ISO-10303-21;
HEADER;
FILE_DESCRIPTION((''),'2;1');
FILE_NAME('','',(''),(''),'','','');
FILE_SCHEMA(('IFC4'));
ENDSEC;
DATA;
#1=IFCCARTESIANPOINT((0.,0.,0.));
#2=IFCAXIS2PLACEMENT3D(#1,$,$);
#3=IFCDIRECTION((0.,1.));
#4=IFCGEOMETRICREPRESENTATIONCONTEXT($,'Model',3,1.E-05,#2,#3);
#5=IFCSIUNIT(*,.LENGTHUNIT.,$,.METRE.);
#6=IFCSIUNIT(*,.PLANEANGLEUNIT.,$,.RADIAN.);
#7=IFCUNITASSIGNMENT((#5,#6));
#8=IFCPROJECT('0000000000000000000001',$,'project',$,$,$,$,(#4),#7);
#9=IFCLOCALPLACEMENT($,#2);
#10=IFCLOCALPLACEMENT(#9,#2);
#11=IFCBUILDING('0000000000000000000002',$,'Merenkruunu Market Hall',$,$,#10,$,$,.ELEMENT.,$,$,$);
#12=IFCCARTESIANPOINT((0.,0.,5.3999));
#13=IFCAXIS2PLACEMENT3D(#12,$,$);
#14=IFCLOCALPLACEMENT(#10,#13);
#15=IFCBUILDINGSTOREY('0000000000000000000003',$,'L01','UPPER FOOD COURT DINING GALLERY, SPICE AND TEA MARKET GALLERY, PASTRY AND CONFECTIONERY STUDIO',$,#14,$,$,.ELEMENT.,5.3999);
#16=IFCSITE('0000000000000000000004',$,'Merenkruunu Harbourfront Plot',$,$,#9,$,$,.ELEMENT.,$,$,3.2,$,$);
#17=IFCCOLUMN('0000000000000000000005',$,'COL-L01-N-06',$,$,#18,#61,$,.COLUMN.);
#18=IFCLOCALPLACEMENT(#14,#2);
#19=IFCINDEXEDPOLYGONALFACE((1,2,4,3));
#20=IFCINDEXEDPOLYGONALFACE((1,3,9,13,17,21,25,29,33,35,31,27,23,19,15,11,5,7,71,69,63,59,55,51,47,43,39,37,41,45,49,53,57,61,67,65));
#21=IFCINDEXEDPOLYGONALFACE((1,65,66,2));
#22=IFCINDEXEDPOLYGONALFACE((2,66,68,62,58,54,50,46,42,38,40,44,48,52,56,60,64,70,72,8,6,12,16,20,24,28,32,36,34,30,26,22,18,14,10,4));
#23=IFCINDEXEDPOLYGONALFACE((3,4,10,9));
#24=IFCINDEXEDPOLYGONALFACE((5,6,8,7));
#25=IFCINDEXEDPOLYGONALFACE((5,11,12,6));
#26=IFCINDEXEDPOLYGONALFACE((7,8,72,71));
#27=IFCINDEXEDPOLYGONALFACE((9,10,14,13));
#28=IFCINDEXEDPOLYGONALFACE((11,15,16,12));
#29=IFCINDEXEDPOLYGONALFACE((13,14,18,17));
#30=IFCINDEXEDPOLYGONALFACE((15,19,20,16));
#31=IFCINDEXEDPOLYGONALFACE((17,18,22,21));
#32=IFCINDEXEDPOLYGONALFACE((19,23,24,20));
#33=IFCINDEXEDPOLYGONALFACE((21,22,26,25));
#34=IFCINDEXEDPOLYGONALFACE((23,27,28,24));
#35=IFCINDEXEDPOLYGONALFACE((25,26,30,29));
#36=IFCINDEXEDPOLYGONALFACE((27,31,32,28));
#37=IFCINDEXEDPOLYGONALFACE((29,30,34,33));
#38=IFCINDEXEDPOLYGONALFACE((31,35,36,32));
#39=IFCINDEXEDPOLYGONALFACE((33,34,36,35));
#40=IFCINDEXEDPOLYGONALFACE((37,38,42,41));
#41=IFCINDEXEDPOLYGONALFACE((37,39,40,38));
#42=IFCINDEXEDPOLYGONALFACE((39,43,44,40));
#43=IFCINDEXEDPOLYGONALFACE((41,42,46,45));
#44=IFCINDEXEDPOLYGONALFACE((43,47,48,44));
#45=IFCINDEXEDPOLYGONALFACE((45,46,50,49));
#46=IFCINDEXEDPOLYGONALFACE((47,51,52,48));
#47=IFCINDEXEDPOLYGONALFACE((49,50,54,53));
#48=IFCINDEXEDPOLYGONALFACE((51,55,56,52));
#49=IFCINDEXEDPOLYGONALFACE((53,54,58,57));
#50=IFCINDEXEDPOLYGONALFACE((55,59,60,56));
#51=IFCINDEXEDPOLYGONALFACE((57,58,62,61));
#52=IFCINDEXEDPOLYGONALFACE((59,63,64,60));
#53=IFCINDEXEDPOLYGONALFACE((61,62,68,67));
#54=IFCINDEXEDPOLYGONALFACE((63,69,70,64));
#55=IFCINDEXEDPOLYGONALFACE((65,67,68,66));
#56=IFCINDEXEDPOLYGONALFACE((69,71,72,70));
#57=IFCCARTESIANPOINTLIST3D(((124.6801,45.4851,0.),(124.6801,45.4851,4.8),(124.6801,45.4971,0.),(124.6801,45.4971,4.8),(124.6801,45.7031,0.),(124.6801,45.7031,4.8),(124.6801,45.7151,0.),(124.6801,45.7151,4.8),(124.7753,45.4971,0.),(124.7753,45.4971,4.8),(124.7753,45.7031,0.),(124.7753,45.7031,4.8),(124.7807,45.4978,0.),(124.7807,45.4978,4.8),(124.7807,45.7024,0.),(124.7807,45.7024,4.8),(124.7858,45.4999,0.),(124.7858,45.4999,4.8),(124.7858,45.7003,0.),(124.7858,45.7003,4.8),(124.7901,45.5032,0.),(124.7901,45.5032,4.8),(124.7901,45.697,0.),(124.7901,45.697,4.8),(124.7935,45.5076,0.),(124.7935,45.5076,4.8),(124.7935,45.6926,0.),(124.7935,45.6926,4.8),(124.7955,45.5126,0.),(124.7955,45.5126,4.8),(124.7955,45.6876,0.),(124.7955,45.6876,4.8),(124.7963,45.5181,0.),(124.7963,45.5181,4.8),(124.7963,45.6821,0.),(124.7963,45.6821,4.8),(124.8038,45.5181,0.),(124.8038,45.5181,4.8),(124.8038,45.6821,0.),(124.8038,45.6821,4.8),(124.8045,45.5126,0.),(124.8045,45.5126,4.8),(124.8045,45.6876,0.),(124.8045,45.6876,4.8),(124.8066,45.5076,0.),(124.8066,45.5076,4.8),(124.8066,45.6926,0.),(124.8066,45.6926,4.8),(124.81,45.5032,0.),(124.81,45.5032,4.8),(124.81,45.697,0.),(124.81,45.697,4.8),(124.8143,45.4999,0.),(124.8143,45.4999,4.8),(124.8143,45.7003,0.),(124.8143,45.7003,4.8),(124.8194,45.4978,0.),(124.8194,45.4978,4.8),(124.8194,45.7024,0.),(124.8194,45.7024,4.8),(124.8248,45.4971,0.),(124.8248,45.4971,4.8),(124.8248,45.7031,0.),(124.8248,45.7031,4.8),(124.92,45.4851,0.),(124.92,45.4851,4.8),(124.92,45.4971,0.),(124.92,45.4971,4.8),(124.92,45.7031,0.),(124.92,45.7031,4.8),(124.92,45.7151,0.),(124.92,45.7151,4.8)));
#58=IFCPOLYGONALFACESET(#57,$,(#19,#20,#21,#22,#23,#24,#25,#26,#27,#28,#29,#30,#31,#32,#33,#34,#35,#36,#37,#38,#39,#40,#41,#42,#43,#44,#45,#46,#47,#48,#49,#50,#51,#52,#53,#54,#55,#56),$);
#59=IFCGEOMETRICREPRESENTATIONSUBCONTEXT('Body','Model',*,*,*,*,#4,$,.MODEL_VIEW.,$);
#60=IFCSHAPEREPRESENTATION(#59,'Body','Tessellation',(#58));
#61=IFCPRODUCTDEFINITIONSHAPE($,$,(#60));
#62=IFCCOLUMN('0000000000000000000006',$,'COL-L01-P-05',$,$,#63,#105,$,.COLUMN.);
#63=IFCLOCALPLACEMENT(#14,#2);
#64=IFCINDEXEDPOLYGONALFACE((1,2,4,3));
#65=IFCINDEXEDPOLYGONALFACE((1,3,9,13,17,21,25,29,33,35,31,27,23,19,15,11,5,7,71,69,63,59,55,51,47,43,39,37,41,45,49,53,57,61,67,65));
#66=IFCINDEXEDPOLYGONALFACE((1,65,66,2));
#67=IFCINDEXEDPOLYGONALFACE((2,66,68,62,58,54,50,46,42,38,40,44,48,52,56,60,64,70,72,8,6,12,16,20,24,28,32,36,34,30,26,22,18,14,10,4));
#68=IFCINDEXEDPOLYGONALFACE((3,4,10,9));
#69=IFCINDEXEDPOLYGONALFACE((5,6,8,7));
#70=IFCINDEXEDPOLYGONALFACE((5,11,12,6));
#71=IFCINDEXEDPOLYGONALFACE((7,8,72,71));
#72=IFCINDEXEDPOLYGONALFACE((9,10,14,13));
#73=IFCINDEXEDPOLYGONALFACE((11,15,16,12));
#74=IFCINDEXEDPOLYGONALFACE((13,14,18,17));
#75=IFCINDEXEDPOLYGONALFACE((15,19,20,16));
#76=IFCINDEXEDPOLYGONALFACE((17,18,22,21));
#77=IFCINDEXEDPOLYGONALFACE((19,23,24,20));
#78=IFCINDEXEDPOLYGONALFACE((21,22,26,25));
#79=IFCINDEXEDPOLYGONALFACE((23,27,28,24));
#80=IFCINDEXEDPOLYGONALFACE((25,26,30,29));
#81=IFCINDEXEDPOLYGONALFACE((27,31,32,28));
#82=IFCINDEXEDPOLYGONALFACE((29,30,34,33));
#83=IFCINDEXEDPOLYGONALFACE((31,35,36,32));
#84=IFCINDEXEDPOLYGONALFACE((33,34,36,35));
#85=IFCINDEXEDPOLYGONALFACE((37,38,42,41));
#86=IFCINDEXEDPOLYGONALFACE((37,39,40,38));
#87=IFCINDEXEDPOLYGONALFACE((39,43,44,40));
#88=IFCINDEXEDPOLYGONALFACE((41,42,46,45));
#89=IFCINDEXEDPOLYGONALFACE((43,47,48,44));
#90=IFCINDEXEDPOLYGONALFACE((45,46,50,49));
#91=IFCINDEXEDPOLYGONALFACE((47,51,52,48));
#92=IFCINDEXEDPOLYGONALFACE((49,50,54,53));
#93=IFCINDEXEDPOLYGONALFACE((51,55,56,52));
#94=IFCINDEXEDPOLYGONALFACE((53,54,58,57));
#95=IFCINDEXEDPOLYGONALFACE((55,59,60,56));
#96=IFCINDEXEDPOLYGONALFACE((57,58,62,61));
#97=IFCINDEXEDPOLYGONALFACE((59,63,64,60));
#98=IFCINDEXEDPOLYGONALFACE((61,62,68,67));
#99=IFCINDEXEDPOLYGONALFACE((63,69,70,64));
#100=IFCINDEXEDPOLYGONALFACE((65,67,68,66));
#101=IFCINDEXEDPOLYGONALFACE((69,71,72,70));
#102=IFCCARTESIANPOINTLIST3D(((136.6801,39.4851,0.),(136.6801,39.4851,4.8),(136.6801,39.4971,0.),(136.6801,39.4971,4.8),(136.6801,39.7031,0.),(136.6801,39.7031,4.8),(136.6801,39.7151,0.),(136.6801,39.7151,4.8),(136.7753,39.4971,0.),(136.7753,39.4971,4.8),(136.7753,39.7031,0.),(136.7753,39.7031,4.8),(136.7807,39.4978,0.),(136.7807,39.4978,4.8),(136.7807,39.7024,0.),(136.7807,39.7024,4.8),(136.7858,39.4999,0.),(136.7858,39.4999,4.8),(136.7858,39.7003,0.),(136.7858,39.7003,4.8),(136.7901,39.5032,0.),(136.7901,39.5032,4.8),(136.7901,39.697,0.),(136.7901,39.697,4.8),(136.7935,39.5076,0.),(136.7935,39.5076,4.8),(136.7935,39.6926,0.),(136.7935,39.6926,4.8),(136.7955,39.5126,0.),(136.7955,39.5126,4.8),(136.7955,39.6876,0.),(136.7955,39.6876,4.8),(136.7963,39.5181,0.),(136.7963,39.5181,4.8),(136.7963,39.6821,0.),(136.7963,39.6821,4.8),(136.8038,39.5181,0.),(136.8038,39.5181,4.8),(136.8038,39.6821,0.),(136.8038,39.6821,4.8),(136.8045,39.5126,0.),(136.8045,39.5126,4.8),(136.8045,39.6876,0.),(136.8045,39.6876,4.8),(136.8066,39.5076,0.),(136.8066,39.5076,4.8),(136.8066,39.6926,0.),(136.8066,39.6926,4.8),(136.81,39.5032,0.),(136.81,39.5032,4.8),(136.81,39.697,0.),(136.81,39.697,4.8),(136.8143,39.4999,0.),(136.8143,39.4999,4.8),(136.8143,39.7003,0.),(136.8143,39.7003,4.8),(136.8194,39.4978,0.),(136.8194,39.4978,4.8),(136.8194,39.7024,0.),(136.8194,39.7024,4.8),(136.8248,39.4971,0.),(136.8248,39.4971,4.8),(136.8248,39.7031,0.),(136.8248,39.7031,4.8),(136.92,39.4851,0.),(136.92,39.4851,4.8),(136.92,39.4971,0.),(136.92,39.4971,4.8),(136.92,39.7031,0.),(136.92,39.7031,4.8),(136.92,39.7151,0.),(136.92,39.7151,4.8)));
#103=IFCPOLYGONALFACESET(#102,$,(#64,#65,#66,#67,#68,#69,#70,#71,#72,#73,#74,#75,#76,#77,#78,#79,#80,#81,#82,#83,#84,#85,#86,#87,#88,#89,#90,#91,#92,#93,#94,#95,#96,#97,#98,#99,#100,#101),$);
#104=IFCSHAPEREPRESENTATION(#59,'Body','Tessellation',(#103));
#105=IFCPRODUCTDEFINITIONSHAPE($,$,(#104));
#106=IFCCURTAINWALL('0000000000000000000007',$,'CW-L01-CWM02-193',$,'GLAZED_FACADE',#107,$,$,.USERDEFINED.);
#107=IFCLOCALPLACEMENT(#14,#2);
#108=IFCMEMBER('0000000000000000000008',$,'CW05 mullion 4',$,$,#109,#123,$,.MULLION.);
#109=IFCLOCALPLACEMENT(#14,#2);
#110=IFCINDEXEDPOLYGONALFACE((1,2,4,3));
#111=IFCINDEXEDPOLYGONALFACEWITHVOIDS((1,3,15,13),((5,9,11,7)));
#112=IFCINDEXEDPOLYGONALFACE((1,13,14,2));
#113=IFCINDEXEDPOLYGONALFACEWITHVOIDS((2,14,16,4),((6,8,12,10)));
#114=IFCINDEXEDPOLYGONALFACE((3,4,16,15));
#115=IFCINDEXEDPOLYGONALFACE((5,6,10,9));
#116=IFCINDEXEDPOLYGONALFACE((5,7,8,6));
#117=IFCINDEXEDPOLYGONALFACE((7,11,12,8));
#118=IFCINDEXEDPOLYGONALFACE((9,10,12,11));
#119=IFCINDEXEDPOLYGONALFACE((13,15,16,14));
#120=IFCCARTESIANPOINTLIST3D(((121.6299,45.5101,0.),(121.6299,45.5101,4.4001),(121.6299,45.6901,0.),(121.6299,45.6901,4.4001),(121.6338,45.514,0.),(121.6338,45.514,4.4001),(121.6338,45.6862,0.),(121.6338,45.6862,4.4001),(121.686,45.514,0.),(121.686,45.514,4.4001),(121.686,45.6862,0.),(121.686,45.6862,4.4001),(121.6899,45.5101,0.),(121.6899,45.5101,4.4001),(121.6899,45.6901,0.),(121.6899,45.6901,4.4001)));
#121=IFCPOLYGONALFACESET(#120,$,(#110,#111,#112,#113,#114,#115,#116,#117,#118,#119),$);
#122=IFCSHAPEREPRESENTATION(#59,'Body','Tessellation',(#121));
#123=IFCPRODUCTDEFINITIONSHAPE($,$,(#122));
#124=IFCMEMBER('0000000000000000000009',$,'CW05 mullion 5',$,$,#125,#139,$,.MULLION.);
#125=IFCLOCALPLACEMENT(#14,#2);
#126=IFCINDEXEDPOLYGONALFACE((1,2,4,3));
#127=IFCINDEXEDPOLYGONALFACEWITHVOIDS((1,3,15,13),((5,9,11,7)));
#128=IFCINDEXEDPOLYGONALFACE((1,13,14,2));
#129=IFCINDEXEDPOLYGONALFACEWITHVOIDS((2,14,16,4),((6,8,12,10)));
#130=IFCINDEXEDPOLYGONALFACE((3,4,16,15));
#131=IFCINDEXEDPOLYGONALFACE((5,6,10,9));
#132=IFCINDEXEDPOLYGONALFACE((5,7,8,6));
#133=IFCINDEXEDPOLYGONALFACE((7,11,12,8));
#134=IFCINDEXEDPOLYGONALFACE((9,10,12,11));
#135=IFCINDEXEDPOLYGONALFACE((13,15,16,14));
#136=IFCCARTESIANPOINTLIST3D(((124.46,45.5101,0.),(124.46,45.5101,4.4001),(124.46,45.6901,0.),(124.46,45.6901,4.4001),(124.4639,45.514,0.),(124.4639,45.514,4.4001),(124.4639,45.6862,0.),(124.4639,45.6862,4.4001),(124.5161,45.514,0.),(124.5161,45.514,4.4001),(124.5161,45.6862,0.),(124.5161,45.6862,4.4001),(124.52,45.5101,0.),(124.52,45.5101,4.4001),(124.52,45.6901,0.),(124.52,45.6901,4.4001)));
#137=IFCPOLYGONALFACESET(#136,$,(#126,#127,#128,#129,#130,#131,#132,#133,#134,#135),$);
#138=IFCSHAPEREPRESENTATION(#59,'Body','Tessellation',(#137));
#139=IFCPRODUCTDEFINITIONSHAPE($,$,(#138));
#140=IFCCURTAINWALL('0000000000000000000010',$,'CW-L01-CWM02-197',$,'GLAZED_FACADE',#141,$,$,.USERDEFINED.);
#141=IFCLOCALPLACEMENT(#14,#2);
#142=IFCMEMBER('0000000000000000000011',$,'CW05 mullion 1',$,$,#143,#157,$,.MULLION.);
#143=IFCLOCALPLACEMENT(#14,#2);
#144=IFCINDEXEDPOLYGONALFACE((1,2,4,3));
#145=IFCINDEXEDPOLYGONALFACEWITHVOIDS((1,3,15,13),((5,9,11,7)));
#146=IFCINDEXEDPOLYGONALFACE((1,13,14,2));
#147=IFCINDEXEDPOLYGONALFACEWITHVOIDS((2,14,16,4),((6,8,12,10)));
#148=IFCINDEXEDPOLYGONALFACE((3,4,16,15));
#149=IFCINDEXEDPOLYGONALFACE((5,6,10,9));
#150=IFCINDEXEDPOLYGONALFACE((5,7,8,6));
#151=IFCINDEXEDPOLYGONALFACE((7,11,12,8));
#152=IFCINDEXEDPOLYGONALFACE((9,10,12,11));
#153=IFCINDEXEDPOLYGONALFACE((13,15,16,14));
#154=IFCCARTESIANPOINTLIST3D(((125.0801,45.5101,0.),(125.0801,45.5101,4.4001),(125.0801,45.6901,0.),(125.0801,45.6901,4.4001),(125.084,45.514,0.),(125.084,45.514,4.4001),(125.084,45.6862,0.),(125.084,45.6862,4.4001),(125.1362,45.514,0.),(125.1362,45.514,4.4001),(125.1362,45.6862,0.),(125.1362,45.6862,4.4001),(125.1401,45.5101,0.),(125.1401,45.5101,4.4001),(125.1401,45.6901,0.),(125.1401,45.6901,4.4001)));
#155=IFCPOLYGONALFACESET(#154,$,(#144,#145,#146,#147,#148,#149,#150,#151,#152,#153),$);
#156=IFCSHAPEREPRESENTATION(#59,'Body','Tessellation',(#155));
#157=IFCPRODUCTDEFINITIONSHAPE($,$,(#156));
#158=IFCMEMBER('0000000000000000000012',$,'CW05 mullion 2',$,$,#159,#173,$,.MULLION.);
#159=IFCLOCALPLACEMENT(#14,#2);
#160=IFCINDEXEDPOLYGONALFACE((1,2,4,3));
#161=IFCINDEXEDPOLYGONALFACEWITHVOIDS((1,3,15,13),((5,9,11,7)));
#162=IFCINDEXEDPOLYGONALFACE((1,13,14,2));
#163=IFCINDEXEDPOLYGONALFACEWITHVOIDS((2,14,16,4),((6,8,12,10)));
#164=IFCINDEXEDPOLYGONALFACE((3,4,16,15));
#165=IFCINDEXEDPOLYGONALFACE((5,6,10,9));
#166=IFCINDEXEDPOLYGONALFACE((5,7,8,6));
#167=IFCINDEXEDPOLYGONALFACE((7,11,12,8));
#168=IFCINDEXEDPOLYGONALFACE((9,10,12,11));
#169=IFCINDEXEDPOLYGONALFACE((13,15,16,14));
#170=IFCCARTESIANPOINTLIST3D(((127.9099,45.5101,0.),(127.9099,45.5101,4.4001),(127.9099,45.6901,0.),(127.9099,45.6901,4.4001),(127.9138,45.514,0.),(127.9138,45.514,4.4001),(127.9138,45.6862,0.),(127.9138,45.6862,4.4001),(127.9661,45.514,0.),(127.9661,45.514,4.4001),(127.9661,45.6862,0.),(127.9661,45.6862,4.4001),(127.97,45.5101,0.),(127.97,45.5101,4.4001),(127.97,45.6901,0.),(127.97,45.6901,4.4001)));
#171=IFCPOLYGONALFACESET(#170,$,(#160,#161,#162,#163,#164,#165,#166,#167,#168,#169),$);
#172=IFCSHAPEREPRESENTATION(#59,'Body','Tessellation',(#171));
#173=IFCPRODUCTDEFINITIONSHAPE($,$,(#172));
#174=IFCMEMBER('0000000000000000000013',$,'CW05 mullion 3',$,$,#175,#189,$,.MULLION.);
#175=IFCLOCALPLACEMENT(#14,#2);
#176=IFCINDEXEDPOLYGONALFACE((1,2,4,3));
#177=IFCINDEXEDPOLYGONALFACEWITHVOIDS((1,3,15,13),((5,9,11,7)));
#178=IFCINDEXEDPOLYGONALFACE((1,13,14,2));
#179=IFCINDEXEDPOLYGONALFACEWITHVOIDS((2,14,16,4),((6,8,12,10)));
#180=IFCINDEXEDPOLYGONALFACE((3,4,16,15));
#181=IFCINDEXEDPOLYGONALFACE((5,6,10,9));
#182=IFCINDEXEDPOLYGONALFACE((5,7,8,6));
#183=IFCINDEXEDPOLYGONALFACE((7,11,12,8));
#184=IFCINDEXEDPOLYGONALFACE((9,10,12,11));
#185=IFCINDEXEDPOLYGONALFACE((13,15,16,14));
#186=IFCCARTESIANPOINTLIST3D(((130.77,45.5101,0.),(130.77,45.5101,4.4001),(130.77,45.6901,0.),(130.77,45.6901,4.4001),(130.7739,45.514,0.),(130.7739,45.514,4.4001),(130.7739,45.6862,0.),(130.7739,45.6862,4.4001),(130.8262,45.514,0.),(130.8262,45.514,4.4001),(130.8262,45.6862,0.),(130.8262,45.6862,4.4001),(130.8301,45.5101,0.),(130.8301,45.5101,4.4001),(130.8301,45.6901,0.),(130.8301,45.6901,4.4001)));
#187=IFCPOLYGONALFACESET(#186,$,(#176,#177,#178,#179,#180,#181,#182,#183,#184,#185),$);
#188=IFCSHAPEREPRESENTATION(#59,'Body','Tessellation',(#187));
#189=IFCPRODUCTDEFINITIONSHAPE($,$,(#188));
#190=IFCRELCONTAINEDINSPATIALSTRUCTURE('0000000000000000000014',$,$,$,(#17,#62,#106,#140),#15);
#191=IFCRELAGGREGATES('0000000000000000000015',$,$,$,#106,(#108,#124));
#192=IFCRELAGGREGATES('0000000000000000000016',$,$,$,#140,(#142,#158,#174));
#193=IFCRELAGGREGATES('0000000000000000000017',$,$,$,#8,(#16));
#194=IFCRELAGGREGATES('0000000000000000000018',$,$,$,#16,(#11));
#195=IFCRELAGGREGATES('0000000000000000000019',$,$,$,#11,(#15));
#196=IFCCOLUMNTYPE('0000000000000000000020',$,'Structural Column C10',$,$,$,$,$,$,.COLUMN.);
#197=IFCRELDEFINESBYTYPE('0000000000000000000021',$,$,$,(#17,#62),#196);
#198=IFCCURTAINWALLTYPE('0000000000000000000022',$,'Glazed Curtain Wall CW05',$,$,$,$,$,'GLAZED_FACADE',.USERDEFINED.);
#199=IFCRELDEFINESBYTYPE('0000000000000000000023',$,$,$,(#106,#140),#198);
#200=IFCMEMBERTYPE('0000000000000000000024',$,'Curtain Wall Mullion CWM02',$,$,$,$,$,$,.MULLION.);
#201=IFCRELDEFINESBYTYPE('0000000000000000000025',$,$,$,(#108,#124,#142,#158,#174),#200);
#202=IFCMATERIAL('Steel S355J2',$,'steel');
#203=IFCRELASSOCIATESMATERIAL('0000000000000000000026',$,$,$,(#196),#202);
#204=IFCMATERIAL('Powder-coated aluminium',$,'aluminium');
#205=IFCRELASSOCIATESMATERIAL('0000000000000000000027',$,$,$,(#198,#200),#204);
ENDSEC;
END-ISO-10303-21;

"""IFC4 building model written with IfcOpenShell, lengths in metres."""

from ifc_helpers import new_model, si_unit, direction, frame, origin, origin_2d, place, context, subcontext, project, spatial, hollow_rectangle, i_section, extrude, material, material_profile, profile_set, type_object, element, aggregate, save


model = new_model("IFC4")

# Units and contexts
model_context = context("Model", 3, precision=1e-05, world=origin(), true_north=direction((0.0, 1.0)))
body_context = subcontext(model_context, "Body", "Model", "MODEL_VIEW")
ifc_project = project(units=[si_unit("LENGTHUNIT", "METRE"), si_unit("PLANEANGLEUNIT", "RADIAN")], contexts=[model_context])

# Site, building, storey
site_placement = place(None, origin())
site = spatial("IfcSite", under=ifc_project, at=site_placement, Name="Merenkruunu Harbourfront Plot", CompositionType="ELEMENT", RefElevation=3.2)
building_placement = place(site_placement, origin())
building = spatial("IfcBuilding", under=site, at=building_placement, Name="Merenkruunu Market Hall", CompositionType="ELEMENT")
storey_placement = place(building_placement, frame((0.0, 0.0, 5.3999)))
storey = spatial("IfcBuildingStorey", under=building, at=storey_placement, Name="L01", Description="UPPER FOOD COURT DINING GALLERY, SPICE AND TEA MARKET GALLERY, PASTRY AND CONFECTIONERY STUDIO", CompositionType="ELEMENT", Elevation=5.3999)

# Columns
ifc_material_1 = material(Name="Steel S355J2", Category="steel")
ifc_material_profile_1 = material_profile(ifc_material_1, i_section(OverallWidth=0.24, OverallDepth=0.23, WebThickness=0.0076, FlangeThickness=0.012, FilletRadius=0.021, at=origin_2d()), Name="HEA 240")
ifc_profile_set_1 = profile_set([ifc_material_profile_1], Name="Steel S355J2")
column_type = type_object("IfcColumnType", Name="Structural Column C10", PredefinedType="COLUMN", material=ifc_profile_set_1)
for number, where, z_axis, x_axis, name in (
    (1, (124.8, 45.6001, 0.0), (0.0, 0.0, 1.0), (1.0, 0.0, 0.0), "COL-L01-N-06"),
    (2, (136.8, 39.6001, 0.0), (0.0, 0.0, 1.0), (1.0, 0.0, 0.0), "COL-L01-P-05"),
):
    element("IfcColumn", number, at=place(storey_placement, frame(where, z_axis=z_axis, x_axis=x_axis)), inside=storey, type_object=column_type, Name=name, PredefinedType="COLUMN", context=body_context, shape_type="SweptSolid", body=[
        extrude(i_section(OverallWidth=0.24, OverallDepth=0.23, WebThickness=0.0076, FlangeThickness=0.012, FilletRadius=0.021, at=origin_2d()), origin(), (0.0, 0.0, 1.0), 4.8),
    ])

# Curtain walls, members
ifc_material_2 = material(Name="Powder-coated aluminium", Category="aluminium")
curtain_wall_type = type_object("IfcCurtainWallType", Name="Glazed Curtain Wall CW05", ElementType="GLAZED_FACADE", PredefinedType="USERDEFINED", material=ifc_material_2)
curtain_wall_1_placement = place(storey_placement, origin())
curtain_wall_1 = element("IfcCurtainWall", 3, at=curtain_wall_1_placement, inside=storey, type_object=curtain_wall_type, Name="CW-L01-CWM02-193", ObjectType="GLAZED_FACADE", PredefinedType="USERDEFINED")
ifc_material_profile_2 = material_profile(ifc_material_2, hollow_rectangle(XDim=0.0601, YDim=0.1799, WallThickness=0.0039, at=origin_2d()), Name="ALU 60x180x4")
ifc_profile_set_2 = profile_set([ifc_material_profile_2], Name="Powder-coated aluminium")
member_type_1 = type_object("IfcMemberType", Name="Curtain Wall Mullion CWM02", PredefinedType="MULLION", material=ifc_profile_set_2)
member_1_placement = place(storey_placement, frame((121.6599, 45.6001, 0.0), z_axis=(0.0, 0.0, 1.0), x_axis=(1.0, 0.0, 0.0)))
member_1 = element("IfcMember", 4, at=member_1_placement, type_object=member_type_1, Name="CW05 mullion 4", PredefinedType="MULLION", context=body_context, shape_type="SweptSolid", body=[
    extrude(hollow_rectangle(XDim=0.0601, YDim=0.1799, WallThickness=0.0039, at=origin_2d()), origin(), (0.0, 0.0, 1.0), 4.4001),
])
member_2_placement = place(storey_placement, frame((124.49, 45.6001, 0.0), z_axis=(0.0, 0.0, 1.0), x_axis=(1.0, 0.0, 0.0)))
member_2 = element("IfcMember", 5, at=member_2_placement, type_object=member_type_1, Name="CW05 mullion 5", PredefinedType="MULLION", context=body_context, shape_type="SweptSolid", body=[
    extrude(hollow_rectangle(XDim=0.0601, YDim=0.1799, WallThickness=0.0039, at=origin_2d()), origin(), (0.0, 0.0, 1.0), 4.4001),
])
curtain_wall_2_placement = place(storey_placement, origin())
curtain_wall_2 = element("IfcCurtainWall", 6, at=curtain_wall_2_placement, inside=storey, type_object=curtain_wall_type, Name="CW-L01-CWM02-197", ObjectType="GLAZED_FACADE", PredefinedType="USERDEFINED")
member_3_placement = place(storey_placement, frame((125.1101, 45.6001, 0.0), z_axis=(0.0, 0.0, 1.0), x_axis=(1.0, 0.0, 0.0)))
member_3 = element("IfcMember", 7, at=member_3_placement, type_object=member_type_1, Name="CW05 mullion 1", PredefinedType="MULLION", context=body_context, shape_type="SweptSolid", body=[
    extrude(hollow_rectangle(XDim=0.0601, YDim=0.1799, WallThickness=0.0039, at=origin_2d()), origin(), (0.0, 0.0, 1.0), 4.4001),
])
member_4_placement = place(storey_placement, frame((127.9399, 45.6001, 0.0), z_axis=(0.0, 0.0, 1.0), x_axis=(1.0, 0.0, 0.0)))
member_4 = element("IfcMember", 8, at=member_4_placement, type_object=member_type_1, Name="CW05 mullion 2", PredefinedType="MULLION", context=body_context, shape_type="SweptSolid", body=[
    extrude(hollow_rectangle(XDim=0.0601, YDim=0.1799, WallThickness=0.0039, at=origin_2d()), origin(), (0.0, 0.0, 1.0), 4.4001),
])
member_5_placement = place(storey_placement, frame((130.8, 45.6001, 0.0), z_axis=(0.0, 0.0, 1.0), x_axis=(1.0, 0.0, 0.0)))
member_5 = element("IfcMember", 9, at=member_5_placement, type_object=member_type_1, Name="CW05 mullion 3", PredefinedType="MULLION", context=body_context, shape_type="SweptSolid", body=[
    extrude(hollow_rectangle(XDim=0.0601, YDim=0.1799, WallThickness=0.0039, at=origin_2d()), origin(), (0.0, 0.0, 1.0), 4.4001),
])

aggregate(curtain_wall_1, [member_1, member_2])
aggregate(curtain_wall_2, [member_3, member_4, member_5])

save(model, "model.ifc")
